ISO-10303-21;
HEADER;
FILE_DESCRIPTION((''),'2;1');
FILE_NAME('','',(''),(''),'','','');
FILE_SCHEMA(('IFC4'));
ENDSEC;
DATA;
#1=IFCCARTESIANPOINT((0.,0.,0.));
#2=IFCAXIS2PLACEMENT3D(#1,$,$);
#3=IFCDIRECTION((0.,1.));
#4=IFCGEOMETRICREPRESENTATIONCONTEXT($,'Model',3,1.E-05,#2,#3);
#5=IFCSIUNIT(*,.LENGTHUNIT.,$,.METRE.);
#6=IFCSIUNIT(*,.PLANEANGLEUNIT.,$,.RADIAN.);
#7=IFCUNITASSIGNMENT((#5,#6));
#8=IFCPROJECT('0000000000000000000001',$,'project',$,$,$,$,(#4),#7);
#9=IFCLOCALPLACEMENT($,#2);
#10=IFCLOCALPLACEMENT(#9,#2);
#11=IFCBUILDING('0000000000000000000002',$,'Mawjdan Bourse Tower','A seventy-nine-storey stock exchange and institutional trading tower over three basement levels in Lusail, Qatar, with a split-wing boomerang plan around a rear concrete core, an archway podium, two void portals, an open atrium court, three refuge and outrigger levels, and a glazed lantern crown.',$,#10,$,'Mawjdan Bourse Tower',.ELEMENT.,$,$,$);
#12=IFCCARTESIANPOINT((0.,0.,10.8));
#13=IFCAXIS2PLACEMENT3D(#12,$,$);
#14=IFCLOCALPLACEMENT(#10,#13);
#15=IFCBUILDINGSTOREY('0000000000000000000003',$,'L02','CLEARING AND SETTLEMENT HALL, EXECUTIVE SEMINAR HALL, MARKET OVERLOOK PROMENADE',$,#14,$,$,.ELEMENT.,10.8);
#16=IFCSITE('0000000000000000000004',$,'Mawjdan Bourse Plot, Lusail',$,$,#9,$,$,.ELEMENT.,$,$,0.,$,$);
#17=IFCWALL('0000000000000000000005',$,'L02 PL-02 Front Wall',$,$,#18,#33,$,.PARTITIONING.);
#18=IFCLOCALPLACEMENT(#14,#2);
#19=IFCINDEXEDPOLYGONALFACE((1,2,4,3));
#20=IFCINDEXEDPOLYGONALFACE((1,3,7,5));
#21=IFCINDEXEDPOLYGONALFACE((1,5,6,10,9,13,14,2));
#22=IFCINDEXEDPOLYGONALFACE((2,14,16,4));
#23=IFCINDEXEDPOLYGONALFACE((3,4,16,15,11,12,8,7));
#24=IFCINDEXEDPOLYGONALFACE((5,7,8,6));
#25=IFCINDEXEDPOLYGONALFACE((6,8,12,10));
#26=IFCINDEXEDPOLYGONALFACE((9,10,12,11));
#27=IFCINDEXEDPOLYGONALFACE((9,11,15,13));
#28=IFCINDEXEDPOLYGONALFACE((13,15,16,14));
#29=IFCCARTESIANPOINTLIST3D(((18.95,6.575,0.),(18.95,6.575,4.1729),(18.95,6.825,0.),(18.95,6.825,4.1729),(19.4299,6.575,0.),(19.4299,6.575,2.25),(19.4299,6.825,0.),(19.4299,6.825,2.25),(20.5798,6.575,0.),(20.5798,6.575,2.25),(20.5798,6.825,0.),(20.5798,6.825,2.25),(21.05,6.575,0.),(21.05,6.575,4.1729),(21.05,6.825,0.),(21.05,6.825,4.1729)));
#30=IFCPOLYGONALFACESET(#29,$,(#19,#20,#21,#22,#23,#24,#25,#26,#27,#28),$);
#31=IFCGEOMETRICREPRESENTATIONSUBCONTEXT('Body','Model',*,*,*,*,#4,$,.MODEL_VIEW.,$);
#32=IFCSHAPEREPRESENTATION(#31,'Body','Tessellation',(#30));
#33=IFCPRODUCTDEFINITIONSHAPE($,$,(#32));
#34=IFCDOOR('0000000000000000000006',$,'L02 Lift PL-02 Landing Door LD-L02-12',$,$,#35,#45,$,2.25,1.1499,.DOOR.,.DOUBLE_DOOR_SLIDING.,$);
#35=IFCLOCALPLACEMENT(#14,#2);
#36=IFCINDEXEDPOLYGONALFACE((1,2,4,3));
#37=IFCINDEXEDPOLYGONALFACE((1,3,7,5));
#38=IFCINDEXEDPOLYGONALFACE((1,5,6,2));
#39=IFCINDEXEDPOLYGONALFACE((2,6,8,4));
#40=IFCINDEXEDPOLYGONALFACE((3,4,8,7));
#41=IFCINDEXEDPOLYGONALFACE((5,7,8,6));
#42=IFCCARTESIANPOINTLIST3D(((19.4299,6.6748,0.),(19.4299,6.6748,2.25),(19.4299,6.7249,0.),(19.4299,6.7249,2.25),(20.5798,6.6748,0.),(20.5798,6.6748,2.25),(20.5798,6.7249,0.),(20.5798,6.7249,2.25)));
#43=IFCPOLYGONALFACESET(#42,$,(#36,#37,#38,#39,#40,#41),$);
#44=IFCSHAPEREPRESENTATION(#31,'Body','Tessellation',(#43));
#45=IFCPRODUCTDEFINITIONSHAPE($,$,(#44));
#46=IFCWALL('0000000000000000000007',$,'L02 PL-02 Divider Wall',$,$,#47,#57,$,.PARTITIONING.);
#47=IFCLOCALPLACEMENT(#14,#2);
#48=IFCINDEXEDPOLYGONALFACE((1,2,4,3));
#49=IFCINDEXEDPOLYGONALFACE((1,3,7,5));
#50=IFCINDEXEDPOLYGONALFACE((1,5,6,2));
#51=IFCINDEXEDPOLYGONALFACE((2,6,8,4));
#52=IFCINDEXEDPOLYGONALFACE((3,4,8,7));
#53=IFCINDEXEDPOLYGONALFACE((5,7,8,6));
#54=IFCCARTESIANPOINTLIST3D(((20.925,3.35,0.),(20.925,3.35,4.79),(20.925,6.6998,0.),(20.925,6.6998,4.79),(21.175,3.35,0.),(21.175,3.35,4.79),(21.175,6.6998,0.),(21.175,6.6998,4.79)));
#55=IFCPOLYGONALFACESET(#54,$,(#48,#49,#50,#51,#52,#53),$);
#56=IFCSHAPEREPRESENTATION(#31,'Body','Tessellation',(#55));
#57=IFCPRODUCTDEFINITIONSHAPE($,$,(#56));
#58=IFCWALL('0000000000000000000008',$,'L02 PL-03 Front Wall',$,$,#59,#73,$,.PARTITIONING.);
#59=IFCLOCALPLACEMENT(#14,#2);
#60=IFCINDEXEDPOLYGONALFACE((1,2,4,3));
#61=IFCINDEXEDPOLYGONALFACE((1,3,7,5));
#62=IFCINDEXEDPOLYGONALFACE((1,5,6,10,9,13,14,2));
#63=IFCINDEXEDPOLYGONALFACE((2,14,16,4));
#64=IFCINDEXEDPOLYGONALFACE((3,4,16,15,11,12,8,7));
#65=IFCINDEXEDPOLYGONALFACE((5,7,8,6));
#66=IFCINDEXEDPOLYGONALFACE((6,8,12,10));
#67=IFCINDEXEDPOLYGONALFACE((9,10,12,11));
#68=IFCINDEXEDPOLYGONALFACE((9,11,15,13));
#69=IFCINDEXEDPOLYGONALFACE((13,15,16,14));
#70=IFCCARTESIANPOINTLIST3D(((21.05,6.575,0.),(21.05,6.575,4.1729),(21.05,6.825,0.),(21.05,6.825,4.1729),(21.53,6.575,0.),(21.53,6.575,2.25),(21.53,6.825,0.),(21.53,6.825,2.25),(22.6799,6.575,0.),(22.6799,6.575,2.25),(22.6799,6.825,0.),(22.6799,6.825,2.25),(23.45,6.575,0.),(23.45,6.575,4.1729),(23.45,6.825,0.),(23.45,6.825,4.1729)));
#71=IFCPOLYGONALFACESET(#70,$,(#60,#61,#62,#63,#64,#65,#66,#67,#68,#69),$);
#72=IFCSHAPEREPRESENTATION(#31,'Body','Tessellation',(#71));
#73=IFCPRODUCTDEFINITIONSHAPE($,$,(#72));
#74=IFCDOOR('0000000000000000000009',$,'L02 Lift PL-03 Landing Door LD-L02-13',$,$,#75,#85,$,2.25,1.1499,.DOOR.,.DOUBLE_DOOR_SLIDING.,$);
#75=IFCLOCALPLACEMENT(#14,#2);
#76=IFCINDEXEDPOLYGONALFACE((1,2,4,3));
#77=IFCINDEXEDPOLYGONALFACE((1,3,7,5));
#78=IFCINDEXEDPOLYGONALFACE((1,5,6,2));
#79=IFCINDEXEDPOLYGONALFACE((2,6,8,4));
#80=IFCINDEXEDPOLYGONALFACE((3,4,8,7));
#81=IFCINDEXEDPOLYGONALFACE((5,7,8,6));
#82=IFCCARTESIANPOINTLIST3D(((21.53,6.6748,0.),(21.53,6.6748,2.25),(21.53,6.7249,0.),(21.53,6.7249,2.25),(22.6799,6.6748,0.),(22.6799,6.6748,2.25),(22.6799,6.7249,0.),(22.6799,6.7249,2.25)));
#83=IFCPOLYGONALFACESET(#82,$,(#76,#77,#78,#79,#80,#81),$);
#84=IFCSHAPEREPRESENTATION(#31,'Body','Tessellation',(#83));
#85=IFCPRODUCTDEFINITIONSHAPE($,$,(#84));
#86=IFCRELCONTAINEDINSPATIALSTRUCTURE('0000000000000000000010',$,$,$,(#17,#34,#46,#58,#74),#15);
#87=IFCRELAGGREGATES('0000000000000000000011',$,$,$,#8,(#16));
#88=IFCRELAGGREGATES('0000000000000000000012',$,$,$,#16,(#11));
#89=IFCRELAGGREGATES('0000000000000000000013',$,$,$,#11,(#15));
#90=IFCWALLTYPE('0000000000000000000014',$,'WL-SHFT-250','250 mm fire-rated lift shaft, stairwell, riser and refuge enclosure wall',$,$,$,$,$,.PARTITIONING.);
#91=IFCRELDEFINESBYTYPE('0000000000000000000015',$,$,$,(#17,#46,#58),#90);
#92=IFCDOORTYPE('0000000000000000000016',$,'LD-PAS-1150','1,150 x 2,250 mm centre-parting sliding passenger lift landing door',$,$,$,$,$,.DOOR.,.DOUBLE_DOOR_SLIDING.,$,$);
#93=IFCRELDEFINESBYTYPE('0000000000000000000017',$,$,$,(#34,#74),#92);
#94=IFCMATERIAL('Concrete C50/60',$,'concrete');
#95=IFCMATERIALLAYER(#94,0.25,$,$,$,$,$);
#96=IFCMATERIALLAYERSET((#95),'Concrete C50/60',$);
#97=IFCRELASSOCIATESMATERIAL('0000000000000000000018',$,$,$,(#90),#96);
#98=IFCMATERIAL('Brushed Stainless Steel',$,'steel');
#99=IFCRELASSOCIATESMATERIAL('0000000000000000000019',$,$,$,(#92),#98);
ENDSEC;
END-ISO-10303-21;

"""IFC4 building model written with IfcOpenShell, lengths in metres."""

from ifc_helpers import new_model, si_unit, direction, frame, frame_2d, origin, place, context, subcontext, project, spatial, rectangle, extrude, material, layer, layer_set, type_object, element, fill, save


model = new_model("IFC4")

# Units and contexts
model_context = context("Model", 3, precision=1e-05, world=origin(), true_north=direction((0.0, 1.0)))
body_context = subcontext(model_context, "Body", "Model", "MODEL_VIEW")
ifc_project = project(units=[si_unit("LENGTHUNIT", "METRE"), si_unit("PLANEANGLEUNIT", "RADIAN")], contexts=[model_context])

# Site, building, storey
site_placement = place(None, origin())
site = spatial("IfcSite", under=ifc_project, at=site_placement, Name="Mawjdan Bourse Plot, Lusail", CompositionType="ELEMENT", RefElevation=0.0)
building_placement = place(site_placement, origin())
building = spatial("IfcBuilding", under=site, at=building_placement, Name="Mawjdan Bourse Tower", Description="A seventy-nine-storey stock exchange and institutional trading tower over three basement levels in Lusail, Qatar, with a split-wing boomerang plan around a rear concrete core, an archway podium, two void portals, an open atrium court, three refuge and outrigger levels, and a glazed lantern crown.", LongName="Mawjdan Bourse Tower", CompositionType="ELEMENT")
storey_placement = place(building_placement, frame((0.0, 0.0, 10.8)))
storey = spatial("IfcBuildingStorey", under=building, at=storey_placement, Name="L02", Description="CLEARING AND SETTLEMENT HALL, EXECUTIVE SEMINAR HALL, MARKET OVERLOOK PROMENADE", CompositionType="ELEMENT", Elevation=10.8)

# Shared definitions
ifc_material_1 = material(Name="Concrete C50/60", Category="concrete")
ifc_layer_1 = layer(ifc_material_1, 0.25)
ifc_layer_set_1 = layer_set([ifc_layer_1], Name="Concrete C50/60")
wall_type_1 = type_object("IfcWallType", Name="WL-SHFT-250", Description="250 mm fire-rated lift shaft, stairwell, riser and refuge enclosure wall", PredefinedType="PARTITIONING", material=ifc_layer_set_1)

# Shared definitions
ifc_material_2 = material(Name="Brushed Stainless Steel", Category="steel")

# Shared definitions
door_type_1 = type_object("IfcDoorType", Name="LD-PAS-1150", Description="1,150 x 2,250 mm centre-parting sliding passenger lift landing door", OperationType="DOUBLE_DOOR_SLIDING", PredefinedType="DOOR", material=ifc_material_2)

# Wall, opening, door
wall_1_placement = place(storey_placement, frame((18.95, 6.7, 0.0), z_axis=(0.0, 0.0, 1.0), x_axis=(1.0, 0.0, 0.0)))
wall_1 = element("IfcWall", 1, at=wall_1_placement, inside=storey, type_object=wall_type_1, Name="L02 PL-02 Front Wall", PredefinedType="PARTITIONING", context=body_context, shape_type="SweptSolid", body=[
    extrude(rectangle(XDim=2.1001, YDim=0.25, at=frame_2d((1.05, 0.0))), origin(), (0.0, 0.0, 1.0), 4.1729),
])
opening_1_placement = place(wall_1_placement, frame((0.48, 0.0, 0.0)))
opening_1 = element("IfcOpeningElement", 2, at=opening_1_placement, cuts=wall_1, PredefinedType="OPENING", context=body_context, shape_type="SweptSolid", body=[
    extrude(rectangle(XDim=1.1499, YDim=2.25, at=frame_2d((0.575, 1.125))), frame((0.0, 0.135, 0.0), z_axis=(0.0, -1.0, 0.0), x_axis=(1.0, 0.0, 0.0)), (0.0, 0.0, 1.0), 0.27),
])
door_1_placement = place(opening_1_placement, origin())
door_1 = element("IfcDoor", 3, at=door_1_placement, inside=storey, type_object=door_type_1, Name="L02 Lift PL-02 Landing Door LD-L02-12", OperationType="DOUBLE_DOOR_SLIDING", OverallHeight=2.25, OverallWidth=1.1499, PredefinedType="DOOR", context=body_context, shape_type="SweptSolid", body=[
    extrude(rectangle(XDim=1.1499, YDim=2.25, at=frame_2d((0.575, 1.125))), frame((0.0, 0.0249, 0.0), z_axis=(0.0, -1.0, 0.0), x_axis=(1.0, 0.0, 0.0)), (0.0, 0.0, 1.0), 0.05),
])
fill(opening_1, door_1)

# Wall
wall_2_placement = place(storey_placement, frame((21.05, 3.3501, 0.0), z_axis=(0.0, 0.0, 1.0), x_axis=(0.0, 1.0, 0.0)))
element("IfcWall", 4, at=wall_2_placement, inside=storey, type_object=wall_type_1, Name="L02 PL-02 Divider Wall", PredefinedType="PARTITIONING", context=body_context, shape_type="SweptSolid", body=[
    extrude(rectangle(XDim=3.3499, YDim=0.25, at=frame_2d((1.6748, 0.0))), origin(), (0.0, 0.0, 1.0), 4.79),
])

# Wall, opening, door
wall_3_placement = place(storey_placement, frame((21.05, 6.7, 0.0), z_axis=(0.0, 0.0, 1.0), x_axis=(1.0, 0.0, 0.0)))
wall_3 = element("IfcWall", 5, at=wall_3_placement, inside=storey, type_object=wall_type_1, Name="L02 PL-03 Front Wall", PredefinedType="PARTITIONING", context=body_context, shape_type="SweptSolid", body=[
    extrude(rectangle(XDim=2.3999, YDim=0.25, at=frame_2d((1.2, 0.0))), origin(), (0.0, 0.0, 1.0), 4.1729),
])
opening_2_placement = place(wall_3_placement, frame((0.48, 0.0, 0.0)))
opening_2 = element("IfcOpeningElement", 6, at=opening_2_placement, cuts=wall_3, PredefinedType="OPENING", context=body_context, shape_type="SweptSolid", body=[
    extrude(rectangle(XDim=1.1499, YDim=2.25, at=frame_2d((0.575, 1.125))), frame((0.0, 0.135, 0.0), z_axis=(0.0, -1.0, 0.0), x_axis=(1.0, 0.0, 0.0)), (0.0, 0.0, 1.0), 0.27),
])
door_2_placement = place(opening_2_placement, origin())
door_2 = element("IfcDoor", 7, at=door_2_placement, inside=storey, type_object=door_type_1, Name="L02 Lift PL-03 Landing Door LD-L02-13", OperationType="DOUBLE_DOOR_SLIDING", OverallHeight=2.25, OverallWidth=1.1499, PredefinedType="DOOR", context=body_context, shape_type="SweptSolid", body=[
    extrude(rectangle(XDim=1.1499, YDim=2.25, at=frame_2d((0.575, 1.125))), frame((0.0, 0.0249, 0.0), z_axis=(0.0, -1.0, 0.0), x_axis=(1.0, 0.0, 0.0)), (0.0, 0.0, 1.0), 0.05),
])
fill(opening_2, door_2)

save(model, "model.ifc")
